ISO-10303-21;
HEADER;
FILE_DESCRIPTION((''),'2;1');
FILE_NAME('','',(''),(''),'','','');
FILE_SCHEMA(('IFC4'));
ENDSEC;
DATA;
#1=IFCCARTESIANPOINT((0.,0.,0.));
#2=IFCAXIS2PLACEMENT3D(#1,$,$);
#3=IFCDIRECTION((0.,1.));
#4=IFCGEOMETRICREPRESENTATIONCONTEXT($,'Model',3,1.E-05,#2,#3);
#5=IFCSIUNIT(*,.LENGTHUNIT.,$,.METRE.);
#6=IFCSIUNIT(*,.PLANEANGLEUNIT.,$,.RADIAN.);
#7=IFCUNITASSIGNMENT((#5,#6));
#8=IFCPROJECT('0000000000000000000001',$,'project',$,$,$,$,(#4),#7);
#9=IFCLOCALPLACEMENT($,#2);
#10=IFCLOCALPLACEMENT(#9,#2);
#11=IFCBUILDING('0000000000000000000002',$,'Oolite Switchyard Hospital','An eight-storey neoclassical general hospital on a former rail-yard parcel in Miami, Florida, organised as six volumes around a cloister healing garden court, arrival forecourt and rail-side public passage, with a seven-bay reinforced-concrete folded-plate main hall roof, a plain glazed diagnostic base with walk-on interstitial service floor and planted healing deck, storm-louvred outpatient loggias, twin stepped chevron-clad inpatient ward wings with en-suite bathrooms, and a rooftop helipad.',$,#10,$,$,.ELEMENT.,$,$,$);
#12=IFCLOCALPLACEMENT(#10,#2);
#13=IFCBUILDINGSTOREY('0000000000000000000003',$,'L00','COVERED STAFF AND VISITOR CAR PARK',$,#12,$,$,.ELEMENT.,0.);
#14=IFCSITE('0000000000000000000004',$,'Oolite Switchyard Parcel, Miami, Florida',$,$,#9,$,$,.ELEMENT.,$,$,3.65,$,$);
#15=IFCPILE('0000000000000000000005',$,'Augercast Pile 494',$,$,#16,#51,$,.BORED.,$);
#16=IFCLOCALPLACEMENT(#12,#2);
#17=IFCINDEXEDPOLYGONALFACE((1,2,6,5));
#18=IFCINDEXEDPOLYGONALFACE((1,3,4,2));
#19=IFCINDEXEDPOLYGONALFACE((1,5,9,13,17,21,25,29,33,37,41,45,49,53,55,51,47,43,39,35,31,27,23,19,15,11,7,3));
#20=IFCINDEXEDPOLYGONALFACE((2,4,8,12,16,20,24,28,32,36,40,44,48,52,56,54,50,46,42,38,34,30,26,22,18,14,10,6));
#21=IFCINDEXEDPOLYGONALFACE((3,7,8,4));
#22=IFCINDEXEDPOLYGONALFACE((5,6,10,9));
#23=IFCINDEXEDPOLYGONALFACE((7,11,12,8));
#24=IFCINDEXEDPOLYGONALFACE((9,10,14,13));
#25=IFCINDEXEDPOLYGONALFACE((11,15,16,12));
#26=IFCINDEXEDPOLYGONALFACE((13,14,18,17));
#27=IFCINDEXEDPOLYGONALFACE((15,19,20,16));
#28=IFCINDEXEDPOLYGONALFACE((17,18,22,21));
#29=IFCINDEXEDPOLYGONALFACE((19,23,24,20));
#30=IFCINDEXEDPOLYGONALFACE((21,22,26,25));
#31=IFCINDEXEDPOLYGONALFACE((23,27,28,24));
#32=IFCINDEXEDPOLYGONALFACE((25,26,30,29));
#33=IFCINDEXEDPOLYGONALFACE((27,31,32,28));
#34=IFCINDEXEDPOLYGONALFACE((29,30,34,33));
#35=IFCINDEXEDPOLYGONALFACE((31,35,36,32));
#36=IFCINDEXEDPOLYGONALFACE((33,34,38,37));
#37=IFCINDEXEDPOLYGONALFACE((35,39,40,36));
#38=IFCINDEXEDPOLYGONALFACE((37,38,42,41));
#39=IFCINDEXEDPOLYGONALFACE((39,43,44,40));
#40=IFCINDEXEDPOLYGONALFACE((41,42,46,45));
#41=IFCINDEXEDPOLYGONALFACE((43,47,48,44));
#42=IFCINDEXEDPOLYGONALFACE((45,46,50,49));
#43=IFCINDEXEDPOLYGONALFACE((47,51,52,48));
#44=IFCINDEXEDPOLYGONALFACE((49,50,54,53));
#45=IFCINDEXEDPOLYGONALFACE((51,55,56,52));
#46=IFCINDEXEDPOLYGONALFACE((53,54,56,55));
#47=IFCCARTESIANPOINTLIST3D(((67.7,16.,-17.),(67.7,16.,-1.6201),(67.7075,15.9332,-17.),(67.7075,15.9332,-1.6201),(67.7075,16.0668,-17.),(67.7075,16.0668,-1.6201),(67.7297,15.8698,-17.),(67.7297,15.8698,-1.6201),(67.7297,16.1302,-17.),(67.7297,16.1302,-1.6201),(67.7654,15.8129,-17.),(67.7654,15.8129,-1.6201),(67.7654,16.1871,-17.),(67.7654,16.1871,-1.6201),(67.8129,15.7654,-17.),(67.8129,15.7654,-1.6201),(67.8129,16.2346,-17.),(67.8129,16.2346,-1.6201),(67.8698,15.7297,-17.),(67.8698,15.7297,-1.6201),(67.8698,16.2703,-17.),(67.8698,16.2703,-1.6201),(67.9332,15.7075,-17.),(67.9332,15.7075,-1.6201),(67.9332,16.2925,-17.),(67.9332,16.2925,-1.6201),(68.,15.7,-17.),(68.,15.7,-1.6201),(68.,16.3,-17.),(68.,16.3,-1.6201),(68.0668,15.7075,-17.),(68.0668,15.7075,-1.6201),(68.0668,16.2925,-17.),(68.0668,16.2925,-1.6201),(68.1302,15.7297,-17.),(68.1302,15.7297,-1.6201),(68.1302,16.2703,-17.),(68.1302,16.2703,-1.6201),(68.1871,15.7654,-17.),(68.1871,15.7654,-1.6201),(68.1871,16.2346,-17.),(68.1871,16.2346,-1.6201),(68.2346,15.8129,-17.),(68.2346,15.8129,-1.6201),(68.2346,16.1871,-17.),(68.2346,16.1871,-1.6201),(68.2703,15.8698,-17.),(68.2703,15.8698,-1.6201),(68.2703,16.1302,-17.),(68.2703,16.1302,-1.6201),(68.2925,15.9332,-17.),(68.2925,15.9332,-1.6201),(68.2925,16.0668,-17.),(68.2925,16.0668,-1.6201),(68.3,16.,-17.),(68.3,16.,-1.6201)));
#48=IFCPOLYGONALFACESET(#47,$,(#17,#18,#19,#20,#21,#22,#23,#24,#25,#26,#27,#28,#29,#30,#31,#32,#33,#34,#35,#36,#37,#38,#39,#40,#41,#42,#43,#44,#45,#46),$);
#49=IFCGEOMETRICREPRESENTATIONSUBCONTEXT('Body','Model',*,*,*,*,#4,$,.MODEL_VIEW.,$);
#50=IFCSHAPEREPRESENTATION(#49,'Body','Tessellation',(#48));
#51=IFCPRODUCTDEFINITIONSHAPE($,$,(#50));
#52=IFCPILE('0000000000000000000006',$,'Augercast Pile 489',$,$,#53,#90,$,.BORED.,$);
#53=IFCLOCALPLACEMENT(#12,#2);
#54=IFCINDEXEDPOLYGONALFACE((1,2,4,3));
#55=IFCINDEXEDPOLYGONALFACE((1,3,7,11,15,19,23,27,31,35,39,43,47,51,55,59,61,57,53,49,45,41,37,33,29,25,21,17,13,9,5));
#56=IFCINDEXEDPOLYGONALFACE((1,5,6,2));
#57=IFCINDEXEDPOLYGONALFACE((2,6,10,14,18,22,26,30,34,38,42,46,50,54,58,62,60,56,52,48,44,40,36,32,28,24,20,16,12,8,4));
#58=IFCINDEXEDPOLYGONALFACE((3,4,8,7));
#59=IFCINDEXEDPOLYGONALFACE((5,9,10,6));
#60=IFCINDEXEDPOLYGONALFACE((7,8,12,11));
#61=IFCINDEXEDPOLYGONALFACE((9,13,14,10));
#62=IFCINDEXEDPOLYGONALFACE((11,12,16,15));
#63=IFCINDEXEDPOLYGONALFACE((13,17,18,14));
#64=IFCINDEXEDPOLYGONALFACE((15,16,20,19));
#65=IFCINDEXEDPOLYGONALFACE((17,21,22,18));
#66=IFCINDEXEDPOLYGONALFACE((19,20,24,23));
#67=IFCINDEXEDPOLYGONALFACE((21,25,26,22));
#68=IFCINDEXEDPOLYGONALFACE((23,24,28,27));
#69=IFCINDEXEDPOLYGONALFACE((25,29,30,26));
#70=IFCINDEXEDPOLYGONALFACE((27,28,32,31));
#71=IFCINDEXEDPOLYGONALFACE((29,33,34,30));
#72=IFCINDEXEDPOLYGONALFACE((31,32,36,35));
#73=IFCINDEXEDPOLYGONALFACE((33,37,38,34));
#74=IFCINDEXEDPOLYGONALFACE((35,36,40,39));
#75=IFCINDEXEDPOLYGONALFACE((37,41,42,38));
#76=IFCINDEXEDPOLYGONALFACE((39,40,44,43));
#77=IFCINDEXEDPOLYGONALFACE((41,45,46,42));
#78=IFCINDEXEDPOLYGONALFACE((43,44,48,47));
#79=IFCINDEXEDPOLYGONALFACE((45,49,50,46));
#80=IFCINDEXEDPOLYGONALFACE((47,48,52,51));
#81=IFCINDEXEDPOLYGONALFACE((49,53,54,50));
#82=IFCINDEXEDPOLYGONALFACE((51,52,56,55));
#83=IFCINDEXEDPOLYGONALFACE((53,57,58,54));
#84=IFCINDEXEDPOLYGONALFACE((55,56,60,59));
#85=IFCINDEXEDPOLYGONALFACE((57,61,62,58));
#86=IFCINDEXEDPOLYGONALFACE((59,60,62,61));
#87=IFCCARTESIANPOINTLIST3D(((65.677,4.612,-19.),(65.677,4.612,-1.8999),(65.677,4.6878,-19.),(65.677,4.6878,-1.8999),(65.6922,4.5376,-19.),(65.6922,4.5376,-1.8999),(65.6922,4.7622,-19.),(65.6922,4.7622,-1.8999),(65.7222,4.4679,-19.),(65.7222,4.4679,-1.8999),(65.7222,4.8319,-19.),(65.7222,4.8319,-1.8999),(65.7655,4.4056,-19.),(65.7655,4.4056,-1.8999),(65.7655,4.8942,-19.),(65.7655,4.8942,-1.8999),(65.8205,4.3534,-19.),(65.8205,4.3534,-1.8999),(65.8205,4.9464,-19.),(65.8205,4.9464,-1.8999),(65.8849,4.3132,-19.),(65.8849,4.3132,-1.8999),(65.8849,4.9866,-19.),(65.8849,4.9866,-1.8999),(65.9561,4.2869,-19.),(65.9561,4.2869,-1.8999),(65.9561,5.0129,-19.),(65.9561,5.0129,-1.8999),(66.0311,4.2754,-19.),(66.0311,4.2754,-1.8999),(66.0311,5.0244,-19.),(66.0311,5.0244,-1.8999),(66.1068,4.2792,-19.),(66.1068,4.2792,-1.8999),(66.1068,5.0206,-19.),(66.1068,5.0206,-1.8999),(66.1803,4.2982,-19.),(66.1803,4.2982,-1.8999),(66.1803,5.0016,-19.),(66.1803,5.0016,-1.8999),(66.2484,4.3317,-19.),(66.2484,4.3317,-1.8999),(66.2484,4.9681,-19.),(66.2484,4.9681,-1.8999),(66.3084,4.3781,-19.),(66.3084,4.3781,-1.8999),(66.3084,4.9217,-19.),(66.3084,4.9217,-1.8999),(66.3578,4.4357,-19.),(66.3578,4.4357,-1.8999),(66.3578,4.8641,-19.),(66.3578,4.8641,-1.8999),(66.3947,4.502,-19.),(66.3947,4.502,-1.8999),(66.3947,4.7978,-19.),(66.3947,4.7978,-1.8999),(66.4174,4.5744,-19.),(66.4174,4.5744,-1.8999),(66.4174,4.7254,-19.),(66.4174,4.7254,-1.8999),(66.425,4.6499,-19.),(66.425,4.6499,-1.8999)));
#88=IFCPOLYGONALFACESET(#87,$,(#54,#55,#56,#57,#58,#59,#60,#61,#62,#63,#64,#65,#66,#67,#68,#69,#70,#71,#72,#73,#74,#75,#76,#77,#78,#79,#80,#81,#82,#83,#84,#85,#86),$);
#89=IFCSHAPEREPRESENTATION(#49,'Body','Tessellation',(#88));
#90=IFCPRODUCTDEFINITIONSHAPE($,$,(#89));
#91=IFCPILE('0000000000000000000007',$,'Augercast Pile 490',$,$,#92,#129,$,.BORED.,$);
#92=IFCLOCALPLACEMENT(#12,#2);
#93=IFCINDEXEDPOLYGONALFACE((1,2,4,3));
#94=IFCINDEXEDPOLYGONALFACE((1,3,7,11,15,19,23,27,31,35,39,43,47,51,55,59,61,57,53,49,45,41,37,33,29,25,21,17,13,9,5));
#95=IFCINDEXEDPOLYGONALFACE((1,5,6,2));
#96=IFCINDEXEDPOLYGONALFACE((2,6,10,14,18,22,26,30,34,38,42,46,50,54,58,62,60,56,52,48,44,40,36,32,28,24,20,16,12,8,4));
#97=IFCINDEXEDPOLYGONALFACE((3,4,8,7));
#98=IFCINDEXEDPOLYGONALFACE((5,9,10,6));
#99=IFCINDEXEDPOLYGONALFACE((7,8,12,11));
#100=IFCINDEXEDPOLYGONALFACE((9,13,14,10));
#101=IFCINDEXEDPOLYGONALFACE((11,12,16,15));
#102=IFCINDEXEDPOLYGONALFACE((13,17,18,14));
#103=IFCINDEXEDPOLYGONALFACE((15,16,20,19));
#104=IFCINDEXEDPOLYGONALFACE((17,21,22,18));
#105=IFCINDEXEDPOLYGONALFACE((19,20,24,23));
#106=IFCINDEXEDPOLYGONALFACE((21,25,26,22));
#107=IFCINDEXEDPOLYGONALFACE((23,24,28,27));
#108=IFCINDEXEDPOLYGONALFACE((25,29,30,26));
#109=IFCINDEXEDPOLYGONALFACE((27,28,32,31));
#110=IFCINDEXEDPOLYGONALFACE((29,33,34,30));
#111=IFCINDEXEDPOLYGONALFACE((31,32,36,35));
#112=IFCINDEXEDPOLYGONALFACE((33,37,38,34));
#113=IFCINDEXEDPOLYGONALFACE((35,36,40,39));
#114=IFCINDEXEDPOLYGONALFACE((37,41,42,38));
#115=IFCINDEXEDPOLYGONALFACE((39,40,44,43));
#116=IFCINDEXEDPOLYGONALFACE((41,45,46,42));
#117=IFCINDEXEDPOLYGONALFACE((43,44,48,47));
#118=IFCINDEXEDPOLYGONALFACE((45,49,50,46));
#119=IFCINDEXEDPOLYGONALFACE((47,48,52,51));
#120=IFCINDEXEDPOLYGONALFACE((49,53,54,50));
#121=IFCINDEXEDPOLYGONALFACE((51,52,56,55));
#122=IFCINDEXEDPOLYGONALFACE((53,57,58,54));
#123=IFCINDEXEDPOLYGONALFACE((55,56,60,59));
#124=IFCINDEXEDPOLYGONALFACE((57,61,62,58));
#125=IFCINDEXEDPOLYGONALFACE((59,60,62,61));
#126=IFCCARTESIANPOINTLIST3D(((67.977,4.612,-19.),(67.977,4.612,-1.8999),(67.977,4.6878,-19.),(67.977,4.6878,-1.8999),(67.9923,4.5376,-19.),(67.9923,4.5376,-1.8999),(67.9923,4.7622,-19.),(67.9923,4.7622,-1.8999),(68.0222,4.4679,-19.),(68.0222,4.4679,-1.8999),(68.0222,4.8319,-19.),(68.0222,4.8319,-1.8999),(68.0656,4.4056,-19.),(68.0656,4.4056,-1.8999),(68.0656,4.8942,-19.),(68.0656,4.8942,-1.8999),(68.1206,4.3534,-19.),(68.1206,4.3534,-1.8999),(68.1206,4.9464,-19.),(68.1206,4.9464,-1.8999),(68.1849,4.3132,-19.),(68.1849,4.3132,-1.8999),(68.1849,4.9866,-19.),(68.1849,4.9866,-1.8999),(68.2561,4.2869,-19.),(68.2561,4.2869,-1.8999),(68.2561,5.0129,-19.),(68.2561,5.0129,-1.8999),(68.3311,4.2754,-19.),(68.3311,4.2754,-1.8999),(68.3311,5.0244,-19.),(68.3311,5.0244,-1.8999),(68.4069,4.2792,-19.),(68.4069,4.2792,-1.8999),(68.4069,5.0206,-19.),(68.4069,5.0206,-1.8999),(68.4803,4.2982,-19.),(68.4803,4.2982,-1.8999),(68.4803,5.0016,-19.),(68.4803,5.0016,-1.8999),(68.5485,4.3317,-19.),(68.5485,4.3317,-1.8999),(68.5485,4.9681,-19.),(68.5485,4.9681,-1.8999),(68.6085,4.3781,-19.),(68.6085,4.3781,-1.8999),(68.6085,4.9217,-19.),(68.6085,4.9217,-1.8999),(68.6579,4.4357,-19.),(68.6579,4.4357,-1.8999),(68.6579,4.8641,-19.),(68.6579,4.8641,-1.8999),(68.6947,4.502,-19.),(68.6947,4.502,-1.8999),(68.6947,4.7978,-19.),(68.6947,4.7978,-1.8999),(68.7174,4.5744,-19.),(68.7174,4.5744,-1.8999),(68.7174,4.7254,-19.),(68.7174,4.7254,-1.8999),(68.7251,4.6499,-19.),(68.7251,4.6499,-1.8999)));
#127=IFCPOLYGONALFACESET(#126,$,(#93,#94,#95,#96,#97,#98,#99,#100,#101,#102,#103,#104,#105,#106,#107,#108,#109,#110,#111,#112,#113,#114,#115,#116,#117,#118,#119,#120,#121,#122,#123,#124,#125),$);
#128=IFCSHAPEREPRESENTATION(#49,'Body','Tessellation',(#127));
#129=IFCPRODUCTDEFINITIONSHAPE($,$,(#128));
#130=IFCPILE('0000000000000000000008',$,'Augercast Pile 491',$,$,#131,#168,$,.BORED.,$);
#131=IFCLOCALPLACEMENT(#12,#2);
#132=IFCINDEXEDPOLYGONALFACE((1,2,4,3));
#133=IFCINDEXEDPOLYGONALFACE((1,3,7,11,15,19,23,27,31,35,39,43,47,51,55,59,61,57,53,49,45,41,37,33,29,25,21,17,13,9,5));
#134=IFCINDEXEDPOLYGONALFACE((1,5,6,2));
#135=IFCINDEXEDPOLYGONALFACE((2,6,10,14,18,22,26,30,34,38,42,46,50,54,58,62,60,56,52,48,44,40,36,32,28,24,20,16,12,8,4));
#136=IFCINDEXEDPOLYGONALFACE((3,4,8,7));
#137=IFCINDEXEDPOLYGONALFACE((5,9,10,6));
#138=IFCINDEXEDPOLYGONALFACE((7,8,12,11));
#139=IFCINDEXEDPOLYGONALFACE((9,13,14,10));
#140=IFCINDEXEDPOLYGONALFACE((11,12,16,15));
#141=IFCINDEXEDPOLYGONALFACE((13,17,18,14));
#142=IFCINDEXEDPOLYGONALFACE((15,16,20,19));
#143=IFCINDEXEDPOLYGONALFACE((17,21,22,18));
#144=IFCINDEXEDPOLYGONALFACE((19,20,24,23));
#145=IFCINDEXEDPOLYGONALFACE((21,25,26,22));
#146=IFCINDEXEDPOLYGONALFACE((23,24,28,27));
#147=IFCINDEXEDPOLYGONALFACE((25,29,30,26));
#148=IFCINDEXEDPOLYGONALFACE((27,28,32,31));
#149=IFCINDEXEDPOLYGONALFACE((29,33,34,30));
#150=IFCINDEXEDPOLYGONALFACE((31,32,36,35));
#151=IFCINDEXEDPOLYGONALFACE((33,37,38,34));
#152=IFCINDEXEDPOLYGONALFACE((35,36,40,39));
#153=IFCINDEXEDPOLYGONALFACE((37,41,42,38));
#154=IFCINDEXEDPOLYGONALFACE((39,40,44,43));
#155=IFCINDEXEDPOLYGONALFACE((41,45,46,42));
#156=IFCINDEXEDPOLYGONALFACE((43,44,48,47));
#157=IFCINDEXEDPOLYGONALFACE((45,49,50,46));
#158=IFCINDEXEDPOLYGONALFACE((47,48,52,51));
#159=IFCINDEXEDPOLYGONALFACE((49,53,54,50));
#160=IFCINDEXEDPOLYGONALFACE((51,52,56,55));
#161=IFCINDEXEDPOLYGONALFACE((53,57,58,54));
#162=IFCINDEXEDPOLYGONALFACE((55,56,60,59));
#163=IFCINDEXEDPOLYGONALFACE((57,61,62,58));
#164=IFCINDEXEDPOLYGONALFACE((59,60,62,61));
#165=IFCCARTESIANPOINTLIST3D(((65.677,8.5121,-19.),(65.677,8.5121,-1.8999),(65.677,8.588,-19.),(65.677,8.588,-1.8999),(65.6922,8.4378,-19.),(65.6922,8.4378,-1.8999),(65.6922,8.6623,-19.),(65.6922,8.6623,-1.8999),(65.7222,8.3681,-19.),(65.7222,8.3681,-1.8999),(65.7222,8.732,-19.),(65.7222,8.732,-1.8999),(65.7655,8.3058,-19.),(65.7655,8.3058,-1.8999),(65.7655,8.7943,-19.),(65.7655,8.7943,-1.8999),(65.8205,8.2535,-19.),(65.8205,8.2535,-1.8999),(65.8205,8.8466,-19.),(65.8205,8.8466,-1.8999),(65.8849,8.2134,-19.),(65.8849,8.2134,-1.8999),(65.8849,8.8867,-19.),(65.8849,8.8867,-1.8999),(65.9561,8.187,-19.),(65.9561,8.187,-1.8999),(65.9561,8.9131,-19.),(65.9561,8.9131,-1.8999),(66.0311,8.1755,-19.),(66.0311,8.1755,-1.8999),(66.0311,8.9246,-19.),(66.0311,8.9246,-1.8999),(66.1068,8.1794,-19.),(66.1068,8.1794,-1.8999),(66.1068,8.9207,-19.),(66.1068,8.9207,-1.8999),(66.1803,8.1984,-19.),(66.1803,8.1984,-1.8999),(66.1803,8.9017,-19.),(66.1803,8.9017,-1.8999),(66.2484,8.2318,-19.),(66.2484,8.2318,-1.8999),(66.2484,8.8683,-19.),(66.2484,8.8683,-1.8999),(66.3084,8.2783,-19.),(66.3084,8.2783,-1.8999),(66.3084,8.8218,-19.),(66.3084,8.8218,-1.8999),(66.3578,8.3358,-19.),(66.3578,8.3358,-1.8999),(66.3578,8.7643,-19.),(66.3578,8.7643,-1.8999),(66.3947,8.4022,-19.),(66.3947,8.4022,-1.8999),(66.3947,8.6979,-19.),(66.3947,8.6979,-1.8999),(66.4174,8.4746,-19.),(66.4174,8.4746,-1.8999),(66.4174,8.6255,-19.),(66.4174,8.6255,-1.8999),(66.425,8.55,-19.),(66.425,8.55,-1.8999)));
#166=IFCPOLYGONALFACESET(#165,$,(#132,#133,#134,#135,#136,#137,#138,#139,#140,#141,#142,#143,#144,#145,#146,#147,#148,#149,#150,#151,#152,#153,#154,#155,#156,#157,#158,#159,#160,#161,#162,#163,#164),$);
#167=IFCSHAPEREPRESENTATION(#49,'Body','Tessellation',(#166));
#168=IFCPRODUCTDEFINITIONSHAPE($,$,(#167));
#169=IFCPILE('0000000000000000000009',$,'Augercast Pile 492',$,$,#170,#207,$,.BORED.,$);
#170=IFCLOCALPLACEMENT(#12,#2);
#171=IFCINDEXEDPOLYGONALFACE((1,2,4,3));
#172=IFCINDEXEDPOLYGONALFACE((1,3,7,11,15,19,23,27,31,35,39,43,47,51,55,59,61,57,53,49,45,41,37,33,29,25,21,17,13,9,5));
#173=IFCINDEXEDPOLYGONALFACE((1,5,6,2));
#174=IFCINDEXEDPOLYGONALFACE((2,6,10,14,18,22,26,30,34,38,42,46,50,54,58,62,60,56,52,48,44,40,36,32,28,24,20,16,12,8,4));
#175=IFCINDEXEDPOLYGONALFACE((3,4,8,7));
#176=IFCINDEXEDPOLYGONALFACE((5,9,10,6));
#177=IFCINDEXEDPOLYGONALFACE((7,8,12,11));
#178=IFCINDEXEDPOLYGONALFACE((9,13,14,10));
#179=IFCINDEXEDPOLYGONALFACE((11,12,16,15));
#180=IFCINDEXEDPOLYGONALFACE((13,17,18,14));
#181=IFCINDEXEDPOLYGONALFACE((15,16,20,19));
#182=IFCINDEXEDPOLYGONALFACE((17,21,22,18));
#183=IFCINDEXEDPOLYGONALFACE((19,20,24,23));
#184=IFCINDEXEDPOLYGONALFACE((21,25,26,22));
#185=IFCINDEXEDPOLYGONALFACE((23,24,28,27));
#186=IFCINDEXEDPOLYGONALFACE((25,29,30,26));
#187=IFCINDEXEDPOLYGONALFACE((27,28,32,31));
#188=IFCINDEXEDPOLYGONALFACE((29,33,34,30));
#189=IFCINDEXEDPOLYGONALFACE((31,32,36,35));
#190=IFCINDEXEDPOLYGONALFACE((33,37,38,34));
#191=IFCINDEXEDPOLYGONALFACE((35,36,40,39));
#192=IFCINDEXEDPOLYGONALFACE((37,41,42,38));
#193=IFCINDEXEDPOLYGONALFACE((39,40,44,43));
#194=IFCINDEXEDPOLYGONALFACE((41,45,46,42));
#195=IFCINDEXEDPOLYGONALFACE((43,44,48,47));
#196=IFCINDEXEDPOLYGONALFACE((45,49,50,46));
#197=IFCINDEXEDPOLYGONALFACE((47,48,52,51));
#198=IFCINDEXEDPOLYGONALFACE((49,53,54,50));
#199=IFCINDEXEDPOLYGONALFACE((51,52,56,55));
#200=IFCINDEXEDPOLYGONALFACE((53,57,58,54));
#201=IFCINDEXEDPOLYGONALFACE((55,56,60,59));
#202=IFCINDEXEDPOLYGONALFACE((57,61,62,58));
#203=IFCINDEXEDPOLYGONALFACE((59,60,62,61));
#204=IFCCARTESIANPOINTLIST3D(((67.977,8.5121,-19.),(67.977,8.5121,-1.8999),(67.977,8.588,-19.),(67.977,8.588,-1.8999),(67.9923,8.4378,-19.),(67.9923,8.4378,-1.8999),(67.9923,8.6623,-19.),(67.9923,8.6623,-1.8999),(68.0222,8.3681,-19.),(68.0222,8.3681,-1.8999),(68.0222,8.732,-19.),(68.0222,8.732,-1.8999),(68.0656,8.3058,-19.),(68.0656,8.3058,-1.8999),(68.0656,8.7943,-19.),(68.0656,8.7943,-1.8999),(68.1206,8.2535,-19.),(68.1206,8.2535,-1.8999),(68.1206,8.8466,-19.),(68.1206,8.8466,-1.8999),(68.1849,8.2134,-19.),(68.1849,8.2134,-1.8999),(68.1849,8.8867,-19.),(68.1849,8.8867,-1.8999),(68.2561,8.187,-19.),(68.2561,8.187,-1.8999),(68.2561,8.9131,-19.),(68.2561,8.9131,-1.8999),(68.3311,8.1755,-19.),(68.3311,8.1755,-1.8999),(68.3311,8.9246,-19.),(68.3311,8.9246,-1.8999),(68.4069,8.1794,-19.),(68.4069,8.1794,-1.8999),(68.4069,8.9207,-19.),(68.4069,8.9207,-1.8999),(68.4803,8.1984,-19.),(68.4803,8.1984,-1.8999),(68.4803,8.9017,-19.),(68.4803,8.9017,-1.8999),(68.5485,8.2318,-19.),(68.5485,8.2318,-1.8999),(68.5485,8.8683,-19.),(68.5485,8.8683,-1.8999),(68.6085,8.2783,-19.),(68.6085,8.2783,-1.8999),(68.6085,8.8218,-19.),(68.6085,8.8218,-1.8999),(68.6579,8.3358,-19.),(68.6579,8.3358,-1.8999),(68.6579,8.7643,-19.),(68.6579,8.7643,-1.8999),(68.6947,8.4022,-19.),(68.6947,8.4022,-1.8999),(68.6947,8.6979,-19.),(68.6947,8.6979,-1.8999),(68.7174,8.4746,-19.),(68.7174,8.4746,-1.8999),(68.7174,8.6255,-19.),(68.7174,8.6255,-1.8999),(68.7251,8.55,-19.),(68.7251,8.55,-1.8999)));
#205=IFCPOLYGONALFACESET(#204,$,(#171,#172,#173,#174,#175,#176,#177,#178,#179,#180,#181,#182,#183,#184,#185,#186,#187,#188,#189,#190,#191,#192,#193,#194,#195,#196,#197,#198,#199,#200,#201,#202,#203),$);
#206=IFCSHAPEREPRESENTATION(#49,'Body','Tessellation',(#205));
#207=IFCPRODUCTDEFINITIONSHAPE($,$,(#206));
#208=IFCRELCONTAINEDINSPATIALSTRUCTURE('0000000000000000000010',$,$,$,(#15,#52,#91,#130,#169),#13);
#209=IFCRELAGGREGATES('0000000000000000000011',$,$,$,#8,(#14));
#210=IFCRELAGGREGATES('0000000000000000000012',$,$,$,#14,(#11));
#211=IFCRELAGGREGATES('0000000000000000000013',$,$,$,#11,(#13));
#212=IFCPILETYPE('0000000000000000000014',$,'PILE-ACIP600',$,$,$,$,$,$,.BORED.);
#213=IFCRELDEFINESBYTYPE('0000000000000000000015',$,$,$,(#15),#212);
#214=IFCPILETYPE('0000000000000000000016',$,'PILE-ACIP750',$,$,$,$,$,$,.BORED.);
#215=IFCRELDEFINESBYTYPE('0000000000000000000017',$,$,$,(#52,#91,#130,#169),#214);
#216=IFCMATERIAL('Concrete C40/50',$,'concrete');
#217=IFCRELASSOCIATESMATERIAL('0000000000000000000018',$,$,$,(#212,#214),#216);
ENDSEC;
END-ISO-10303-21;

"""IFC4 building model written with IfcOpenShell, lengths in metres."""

from ifc_helpers import new_model, si_unit, direction, frame, origin, origin_2d, place, context, subcontext, project, spatial, circle, extrude, material, material_profile, profile_set, type_object, element, save


model = new_model("IFC4")

# Units and contexts
model_context = context("Model", 3, precision=1e-05, world=origin(), true_north=direction((0.0, 1.0)))
body_context = subcontext(model_context, "Body", "Model", "MODEL_VIEW")
ifc_project = project(units=[si_unit("LENGTHUNIT", "METRE"), si_unit("PLANEANGLEUNIT", "RADIAN")], contexts=[model_context])

# Site, building, storey
site_placement = place(None, origin())
site = spatial("IfcSite", under=ifc_project, at=site_placement, Name="Oolite Switchyard Parcel, Miami, Florida", CompositionType="ELEMENT", RefElevation=3.65)
building_placement = place(site_placement, origin())
building = spatial("IfcBuilding", under=site, at=building_placement, Name="Oolite Switchyard Hospital", Description="An eight-storey neoclassical general hospital on a former rail-yard parcel in Miami, Florida, organised as six volumes around a cloister healing garden court, arrival forecourt and rail-side public passage, with a seven-bay reinforced-concrete folded-plate main hall roof, a plain glazed diagnostic base with walk-on interstitial service floor and planted healing deck, storm-louvred outpatient loggias, twin stepped chevron-clad inpatient ward wings with en-suite bathrooms, and a rooftop helipad.", CompositionType="ELEMENT")
storey_placement = place(building_placement, origin())
storey = spatial("IfcBuildingStorey", under=building, at=storey_placement, Name="L00", Description="COVERED STAFF AND VISITOR CAR PARK", CompositionType="ELEMENT", Elevation=0.0)

# Shared definitions
ifc_material_1 = material(Name="Concrete C40/50", Category="concrete")

# Piles
ifc_material_profile_1 = material_profile(ifc_material_1, circle(Radius=0.3, at=origin_2d()), Name="PILE600")
ifc_profile_set_1 = profile_set([ifc_material_profile_1], Name="Concrete C40/50")
pile_type_1 = type_object("IfcPileType", Name="PILE-ACIP600", PredefinedType="BORED", material=ifc_profile_set_1)
for number, where, z_axis, x_axis, name in (
    (1, (68.0, 16.0, -1.6201), (0.0, 0.0, -1.0), (1.0, 0.0, 0.0), "Augercast Pile 494"),
):
    element("IfcPile", number, at=place(storey_placement, frame(where, z_axis=z_axis, x_axis=x_axis)), inside=storey, type_object=pile_type_1, Name=name, PredefinedType="BORED", context=body_context, shape_type="SweptSolid", body=[
        extrude(circle(Radius=0.3, at=origin_2d()), origin(), (0.0, 0.0, 1.0), 15.3799),
    ])
ifc_material_profile_2 = material_profile(ifc_material_1, circle(Radius=0.375, at=origin_2d()), Name="PILE750")
ifc_profile_set_2 = profile_set([ifc_material_profile_2], Name="Concrete C40/50")
pile_type_2 = type_object("IfcPileType", Name="PILE-ACIP750", PredefinedType="BORED", material=ifc_profile_set_2)
for number, where, z_axis, x_axis, name in (
    (2, (66.05, 4.6499, -1.8999), (0.0, 0.0, -1.0), (1.0, 0.0, 0.0), "Augercast Pile 489"),
    (3, (68.3501, 4.6499, -1.8999), (0.0, 0.0, -1.0), (1.0, 0.0, 0.0), "Augercast Pile 490"),
    (4, (66.05, 8.55, -1.8999), (0.0, 0.0, -1.0), (1.0, 0.0, 0.0), "Augercast Pile 491"),
    (5, (68.3501, 8.55, -1.8999), (0.0, 0.0, -1.0), (1.0, 0.0, 0.0), "Augercast Pile 492"),
):
    element("IfcPile", number, at=place(storey_placement, frame(where, z_axis=z_axis, x_axis=x_axis)), inside=storey, type_object=pile_type_2, Name=name, PredefinedType="BORED", context=body_context, shape_type="SweptSolid", body=[
        extrude(circle(Radius=0.375, at=origin_2d()), origin(), (0.0, 0.0, 1.0), 17.1001),
    ])

save(model, "model.ifc")
